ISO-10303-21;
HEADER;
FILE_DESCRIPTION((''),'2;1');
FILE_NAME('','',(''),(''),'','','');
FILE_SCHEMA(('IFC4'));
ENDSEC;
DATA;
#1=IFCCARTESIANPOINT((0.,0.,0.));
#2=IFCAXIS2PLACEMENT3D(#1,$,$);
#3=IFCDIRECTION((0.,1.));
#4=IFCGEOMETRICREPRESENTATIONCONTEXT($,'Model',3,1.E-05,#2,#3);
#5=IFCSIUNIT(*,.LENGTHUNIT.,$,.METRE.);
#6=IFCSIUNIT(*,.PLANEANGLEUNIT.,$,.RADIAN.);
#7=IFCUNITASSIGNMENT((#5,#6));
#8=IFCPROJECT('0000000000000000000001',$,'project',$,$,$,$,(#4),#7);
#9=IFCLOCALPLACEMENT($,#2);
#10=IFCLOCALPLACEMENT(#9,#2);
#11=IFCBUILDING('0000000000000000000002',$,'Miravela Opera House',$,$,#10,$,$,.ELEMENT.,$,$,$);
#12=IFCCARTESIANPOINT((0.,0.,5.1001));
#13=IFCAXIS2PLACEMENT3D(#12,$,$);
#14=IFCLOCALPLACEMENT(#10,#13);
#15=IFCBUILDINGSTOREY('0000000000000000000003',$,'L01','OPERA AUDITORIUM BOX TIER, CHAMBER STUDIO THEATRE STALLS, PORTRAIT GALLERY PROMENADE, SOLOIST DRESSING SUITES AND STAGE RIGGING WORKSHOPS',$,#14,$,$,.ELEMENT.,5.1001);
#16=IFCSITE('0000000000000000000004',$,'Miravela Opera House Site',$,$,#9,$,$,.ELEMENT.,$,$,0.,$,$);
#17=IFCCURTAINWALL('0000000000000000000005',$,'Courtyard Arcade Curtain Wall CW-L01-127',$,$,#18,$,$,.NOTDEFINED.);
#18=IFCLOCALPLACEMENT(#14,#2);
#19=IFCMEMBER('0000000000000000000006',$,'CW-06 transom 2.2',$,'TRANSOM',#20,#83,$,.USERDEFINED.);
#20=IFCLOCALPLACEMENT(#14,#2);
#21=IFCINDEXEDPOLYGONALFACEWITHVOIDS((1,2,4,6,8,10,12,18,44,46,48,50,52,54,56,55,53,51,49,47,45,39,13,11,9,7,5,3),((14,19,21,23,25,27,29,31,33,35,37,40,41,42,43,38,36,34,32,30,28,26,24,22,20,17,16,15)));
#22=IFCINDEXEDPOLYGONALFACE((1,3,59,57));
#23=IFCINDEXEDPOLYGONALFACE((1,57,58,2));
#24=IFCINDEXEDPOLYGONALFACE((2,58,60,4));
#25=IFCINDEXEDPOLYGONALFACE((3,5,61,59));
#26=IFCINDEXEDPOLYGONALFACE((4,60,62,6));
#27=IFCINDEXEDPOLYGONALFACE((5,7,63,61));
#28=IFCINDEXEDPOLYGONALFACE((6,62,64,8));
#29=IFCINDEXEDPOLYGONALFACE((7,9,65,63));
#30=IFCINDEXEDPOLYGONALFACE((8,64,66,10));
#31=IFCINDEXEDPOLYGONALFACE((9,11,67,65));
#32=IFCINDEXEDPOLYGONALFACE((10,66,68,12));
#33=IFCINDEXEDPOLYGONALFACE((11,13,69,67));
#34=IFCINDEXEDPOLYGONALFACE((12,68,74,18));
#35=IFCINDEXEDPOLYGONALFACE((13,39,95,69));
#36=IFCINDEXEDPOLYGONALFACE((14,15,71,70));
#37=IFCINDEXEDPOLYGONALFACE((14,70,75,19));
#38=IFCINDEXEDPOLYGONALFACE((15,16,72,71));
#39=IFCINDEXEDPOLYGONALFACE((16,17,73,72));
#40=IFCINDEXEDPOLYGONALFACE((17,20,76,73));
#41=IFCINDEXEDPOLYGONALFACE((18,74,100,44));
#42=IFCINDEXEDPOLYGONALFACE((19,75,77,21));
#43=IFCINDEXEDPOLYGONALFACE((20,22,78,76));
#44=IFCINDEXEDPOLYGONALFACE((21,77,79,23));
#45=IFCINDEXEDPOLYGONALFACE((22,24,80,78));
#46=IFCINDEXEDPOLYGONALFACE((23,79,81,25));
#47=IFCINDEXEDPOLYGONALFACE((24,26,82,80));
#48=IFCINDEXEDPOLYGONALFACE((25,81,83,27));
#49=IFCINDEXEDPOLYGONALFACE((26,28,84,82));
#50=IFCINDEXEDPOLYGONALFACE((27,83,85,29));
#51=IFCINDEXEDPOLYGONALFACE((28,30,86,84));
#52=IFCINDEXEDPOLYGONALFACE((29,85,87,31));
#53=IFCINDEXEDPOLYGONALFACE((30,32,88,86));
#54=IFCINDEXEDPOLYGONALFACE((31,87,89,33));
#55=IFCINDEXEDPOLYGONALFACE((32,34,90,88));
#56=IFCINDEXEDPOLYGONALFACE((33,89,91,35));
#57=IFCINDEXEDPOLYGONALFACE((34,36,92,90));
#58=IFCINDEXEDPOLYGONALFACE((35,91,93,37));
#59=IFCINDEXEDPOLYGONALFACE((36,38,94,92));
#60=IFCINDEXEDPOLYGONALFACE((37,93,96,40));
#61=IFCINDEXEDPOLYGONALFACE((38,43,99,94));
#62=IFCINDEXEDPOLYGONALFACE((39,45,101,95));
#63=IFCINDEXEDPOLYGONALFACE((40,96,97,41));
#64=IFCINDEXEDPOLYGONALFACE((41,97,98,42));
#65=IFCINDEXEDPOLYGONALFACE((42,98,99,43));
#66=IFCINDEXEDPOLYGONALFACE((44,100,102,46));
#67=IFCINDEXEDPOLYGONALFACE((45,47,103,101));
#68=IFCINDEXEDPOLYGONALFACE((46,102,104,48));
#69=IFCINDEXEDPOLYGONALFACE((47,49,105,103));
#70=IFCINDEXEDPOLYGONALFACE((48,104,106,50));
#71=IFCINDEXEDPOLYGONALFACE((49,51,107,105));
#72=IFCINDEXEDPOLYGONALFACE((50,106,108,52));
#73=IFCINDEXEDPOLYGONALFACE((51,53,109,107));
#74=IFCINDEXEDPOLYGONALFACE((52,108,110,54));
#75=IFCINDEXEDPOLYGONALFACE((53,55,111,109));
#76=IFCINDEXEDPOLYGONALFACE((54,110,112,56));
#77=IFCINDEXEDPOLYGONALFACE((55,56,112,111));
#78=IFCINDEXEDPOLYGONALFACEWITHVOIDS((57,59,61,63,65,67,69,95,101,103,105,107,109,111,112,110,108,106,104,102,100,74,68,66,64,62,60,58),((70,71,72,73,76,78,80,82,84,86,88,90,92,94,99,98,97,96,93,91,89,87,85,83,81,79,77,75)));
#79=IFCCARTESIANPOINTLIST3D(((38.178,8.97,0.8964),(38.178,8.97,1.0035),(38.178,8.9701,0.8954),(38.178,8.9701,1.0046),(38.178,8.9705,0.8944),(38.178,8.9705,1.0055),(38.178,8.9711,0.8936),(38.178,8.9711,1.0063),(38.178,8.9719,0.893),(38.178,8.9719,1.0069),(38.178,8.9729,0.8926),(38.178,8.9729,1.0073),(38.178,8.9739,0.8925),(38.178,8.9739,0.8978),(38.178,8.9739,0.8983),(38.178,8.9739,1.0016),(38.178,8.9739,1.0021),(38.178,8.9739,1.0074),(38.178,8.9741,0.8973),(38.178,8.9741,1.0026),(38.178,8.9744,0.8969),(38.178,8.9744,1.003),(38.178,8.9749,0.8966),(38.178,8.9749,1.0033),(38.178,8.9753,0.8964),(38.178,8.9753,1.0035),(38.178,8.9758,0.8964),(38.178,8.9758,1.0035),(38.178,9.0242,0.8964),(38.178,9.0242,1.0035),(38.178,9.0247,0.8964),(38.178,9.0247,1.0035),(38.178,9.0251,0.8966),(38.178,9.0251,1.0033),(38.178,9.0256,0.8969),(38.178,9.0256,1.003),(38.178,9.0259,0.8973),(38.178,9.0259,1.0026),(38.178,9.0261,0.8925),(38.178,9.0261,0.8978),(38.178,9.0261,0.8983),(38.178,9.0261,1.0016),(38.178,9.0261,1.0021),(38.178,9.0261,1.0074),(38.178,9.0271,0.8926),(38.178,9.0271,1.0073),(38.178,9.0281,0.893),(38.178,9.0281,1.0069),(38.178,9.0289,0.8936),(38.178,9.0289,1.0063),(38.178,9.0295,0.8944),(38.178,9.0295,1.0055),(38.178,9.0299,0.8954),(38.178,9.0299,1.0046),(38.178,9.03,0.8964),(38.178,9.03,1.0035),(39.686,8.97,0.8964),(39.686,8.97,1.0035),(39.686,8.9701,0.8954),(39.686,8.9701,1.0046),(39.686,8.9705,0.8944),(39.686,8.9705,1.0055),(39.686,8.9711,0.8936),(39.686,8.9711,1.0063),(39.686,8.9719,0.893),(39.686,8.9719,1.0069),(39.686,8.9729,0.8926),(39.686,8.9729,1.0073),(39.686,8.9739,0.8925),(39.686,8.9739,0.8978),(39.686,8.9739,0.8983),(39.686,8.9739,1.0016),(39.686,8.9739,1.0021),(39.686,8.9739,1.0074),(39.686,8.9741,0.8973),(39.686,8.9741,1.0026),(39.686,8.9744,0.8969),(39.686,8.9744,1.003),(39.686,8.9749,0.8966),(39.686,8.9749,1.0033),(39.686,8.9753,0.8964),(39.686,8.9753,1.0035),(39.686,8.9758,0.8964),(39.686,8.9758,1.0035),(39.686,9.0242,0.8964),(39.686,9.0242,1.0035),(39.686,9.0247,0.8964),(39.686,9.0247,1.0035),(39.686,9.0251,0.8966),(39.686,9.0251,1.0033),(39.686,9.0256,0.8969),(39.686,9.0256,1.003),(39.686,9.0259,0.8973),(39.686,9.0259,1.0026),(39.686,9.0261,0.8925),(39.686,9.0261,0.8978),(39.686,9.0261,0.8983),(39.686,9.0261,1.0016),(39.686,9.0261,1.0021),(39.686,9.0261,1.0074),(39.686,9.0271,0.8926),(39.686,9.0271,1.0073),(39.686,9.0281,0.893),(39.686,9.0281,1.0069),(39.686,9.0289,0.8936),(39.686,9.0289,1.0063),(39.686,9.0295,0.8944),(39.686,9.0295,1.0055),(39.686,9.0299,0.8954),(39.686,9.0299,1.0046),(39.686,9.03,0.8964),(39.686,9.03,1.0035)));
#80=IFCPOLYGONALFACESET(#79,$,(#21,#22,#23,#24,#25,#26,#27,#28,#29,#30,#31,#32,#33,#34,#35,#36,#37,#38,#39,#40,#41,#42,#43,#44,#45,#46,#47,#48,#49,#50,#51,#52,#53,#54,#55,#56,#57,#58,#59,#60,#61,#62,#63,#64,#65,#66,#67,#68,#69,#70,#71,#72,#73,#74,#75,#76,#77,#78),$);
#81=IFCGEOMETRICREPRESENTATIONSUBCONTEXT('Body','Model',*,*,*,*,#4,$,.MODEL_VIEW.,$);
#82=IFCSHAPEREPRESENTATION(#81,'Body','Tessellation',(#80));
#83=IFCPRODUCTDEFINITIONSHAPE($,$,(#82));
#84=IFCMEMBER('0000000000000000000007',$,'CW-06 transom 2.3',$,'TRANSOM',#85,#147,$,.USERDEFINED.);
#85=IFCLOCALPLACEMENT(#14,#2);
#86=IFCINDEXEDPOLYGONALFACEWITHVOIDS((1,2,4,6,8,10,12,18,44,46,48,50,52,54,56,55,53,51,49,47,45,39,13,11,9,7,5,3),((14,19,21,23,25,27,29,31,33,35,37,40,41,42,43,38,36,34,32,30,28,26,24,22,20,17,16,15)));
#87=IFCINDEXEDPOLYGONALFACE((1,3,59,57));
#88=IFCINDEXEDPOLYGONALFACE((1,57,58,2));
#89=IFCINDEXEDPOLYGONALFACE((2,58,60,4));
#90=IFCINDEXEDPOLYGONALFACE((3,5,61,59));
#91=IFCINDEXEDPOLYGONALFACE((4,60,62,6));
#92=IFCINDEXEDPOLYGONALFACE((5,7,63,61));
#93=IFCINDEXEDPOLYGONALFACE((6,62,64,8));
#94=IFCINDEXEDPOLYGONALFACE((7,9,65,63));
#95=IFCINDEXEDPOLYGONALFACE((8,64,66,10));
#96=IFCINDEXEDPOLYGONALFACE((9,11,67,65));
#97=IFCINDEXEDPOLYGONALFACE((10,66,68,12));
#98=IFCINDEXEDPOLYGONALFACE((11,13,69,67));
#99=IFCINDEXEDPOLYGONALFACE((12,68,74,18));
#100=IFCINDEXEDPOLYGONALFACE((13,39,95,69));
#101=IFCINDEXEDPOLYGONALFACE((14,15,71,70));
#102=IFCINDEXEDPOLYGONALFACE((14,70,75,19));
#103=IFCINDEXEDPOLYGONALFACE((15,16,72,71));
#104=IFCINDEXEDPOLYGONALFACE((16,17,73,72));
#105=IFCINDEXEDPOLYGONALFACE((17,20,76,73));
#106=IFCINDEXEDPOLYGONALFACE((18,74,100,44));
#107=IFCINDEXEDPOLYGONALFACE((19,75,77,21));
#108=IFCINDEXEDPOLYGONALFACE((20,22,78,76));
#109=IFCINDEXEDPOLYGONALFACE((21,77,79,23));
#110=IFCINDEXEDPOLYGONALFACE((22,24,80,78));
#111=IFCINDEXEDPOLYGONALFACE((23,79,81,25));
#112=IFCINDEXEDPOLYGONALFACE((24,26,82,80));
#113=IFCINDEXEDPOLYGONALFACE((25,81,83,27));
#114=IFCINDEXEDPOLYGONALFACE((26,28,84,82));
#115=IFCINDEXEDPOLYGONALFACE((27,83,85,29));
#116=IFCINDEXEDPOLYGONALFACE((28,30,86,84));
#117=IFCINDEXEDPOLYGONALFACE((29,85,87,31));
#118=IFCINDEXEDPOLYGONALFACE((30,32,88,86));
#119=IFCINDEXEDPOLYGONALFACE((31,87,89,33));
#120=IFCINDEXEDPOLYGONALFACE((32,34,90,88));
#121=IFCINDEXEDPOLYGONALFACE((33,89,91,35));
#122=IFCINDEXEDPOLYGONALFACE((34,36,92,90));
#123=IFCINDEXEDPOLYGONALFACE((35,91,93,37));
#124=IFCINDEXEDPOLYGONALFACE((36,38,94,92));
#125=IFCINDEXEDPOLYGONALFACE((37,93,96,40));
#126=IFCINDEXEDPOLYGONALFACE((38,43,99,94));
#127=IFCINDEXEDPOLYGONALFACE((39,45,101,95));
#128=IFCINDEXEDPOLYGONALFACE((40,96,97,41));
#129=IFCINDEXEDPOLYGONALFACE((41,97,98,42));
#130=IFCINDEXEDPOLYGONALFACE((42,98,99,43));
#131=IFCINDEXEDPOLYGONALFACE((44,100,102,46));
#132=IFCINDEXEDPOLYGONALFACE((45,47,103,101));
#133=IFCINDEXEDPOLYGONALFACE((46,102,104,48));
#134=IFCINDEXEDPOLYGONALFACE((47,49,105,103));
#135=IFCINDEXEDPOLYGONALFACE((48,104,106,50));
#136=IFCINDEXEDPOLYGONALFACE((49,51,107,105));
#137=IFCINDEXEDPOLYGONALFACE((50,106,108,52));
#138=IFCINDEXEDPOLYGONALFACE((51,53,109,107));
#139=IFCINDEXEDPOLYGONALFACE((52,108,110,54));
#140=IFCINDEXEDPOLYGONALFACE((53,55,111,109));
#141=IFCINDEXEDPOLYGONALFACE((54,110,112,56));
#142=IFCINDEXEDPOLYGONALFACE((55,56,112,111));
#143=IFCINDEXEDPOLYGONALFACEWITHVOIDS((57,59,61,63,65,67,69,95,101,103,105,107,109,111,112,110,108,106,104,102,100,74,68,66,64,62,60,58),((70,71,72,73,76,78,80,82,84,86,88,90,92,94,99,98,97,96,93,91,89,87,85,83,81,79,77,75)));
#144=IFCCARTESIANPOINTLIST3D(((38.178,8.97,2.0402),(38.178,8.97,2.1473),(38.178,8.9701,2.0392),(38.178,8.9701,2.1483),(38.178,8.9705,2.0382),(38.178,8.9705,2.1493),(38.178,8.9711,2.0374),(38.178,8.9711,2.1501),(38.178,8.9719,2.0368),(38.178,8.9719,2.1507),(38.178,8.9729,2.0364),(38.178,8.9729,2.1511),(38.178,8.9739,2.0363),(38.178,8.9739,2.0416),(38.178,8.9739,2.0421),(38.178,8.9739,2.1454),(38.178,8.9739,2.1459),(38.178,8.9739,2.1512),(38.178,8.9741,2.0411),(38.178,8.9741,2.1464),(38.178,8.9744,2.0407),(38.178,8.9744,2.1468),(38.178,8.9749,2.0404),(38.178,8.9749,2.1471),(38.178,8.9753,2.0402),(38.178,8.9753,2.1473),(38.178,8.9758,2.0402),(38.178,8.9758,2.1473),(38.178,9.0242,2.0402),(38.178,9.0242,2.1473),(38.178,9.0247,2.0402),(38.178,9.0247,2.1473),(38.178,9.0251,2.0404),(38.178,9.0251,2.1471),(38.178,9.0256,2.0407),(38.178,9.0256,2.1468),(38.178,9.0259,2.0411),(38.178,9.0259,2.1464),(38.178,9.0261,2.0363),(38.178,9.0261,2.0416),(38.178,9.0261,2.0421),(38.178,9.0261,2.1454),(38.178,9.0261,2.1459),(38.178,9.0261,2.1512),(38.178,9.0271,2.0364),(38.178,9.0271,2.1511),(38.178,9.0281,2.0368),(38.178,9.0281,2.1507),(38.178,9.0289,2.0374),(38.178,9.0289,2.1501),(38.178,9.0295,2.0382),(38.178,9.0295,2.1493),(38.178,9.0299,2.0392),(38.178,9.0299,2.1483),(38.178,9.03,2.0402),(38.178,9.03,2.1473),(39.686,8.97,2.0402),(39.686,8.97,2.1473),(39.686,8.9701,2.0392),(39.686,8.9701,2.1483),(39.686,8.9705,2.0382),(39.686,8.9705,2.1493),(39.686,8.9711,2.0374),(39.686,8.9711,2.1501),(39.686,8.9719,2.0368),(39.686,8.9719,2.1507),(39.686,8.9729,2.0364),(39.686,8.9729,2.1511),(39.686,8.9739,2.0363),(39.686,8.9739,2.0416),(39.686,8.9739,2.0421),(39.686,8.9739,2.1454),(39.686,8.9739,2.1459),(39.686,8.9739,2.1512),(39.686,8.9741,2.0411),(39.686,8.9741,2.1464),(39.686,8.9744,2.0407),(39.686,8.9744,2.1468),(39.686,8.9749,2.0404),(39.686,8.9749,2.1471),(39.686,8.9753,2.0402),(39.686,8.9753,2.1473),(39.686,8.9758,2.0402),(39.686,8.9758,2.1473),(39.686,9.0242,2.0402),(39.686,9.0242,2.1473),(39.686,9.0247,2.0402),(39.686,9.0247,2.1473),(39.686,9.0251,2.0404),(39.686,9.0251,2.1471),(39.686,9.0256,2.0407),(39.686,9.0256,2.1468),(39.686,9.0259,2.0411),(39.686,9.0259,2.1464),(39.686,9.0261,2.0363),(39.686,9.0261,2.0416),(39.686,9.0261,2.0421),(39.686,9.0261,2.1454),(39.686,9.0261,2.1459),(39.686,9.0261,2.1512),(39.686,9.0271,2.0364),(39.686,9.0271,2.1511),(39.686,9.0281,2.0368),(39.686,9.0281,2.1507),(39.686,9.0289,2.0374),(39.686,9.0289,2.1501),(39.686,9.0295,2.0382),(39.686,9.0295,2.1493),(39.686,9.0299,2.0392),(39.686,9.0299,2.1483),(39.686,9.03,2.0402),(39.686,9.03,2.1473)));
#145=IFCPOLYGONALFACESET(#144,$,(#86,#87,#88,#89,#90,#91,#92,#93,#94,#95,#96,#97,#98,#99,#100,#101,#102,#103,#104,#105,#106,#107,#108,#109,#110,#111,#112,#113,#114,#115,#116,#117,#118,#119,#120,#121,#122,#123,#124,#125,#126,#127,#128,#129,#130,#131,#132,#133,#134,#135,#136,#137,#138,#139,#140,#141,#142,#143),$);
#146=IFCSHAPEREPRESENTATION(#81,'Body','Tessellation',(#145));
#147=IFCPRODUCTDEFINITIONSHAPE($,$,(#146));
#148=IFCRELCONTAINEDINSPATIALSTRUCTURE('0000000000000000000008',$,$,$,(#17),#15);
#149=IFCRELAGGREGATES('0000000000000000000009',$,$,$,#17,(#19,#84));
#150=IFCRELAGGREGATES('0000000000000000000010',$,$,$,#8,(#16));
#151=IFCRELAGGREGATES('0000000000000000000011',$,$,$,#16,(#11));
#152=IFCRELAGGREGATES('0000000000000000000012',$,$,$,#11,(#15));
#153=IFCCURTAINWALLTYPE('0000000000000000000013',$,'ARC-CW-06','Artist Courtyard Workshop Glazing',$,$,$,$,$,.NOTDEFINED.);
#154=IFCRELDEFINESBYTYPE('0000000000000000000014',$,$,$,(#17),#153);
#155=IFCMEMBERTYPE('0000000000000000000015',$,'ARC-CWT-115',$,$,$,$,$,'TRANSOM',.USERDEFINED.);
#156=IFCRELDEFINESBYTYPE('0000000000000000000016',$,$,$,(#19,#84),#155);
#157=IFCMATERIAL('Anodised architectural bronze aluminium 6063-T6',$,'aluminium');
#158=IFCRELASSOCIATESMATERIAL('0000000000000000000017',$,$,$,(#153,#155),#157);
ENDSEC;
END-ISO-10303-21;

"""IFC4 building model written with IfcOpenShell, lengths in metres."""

from ifc_helpers import new_model, si_unit, direction, frame, origin, origin_2d, place, context, subcontext, project, spatial, hollow_rectangle, extrude, material, material_profile, profile_set, type_object, element, aggregate, save


model = new_model("IFC4")

# Units and contexts
model_context = context("Model", 3, precision=1e-05, world=origin(), true_north=direction((0.0, 1.0)))
body_context = subcontext(model_context, "Body", "Model", "MODEL_VIEW")
ifc_project = project(units=[si_unit("LENGTHUNIT", "METRE"), si_unit("PLANEANGLEUNIT", "RADIAN")], contexts=[model_context])

# Site, building, storey
site_placement = place(None, origin())
site = spatial("IfcSite", under=ifc_project, at=site_placement, Name="Miravela Opera House Site", CompositionType="ELEMENT", RefElevation=0.0)
building_placement = place(site_placement, origin())
building = spatial("IfcBuilding", under=site, at=building_placement, Name="Miravela Opera House", CompositionType="ELEMENT")
storey_placement = place(building_placement, frame((0.0, 0.0, 5.1001)))
storey = spatial("IfcBuildingStorey", under=building, at=storey_placement, Name="L01", Description="OPERA AUDITORIUM BOX TIER, CHAMBER STUDIO THEATRE STALLS, PORTRAIT GALLERY PROMENADE, SOLOIST DRESSING SUITES AND STAGE RIGGING WORKSHOPS", CompositionType="ELEMENT", Elevation=5.1001)

# Shared definitions
ifc_material_1 = material(Name="Anodised architectural bronze aluminium 6063-T6", Category="aluminium")
curtain_wall_type = type_object("IfcCurtainWallType", Name="ARC-CW-06", Description="Artist Courtyard Workshop Glazing", PredefinedType="NOTDEFINED", material=ifc_material_1)

# Curtain wall
curtain_wall_1_placement = place(storey_placement, origin())
curtain_wall_1 = element("IfcCurtainWall", 1, at=curtain_wall_1_placement, inside=storey, type_object=curtain_wall_type, Name="Courtyard Arcade Curtain Wall CW-L01-127", PredefinedType="NOTDEFINED")

# Members
ifc_material_profile_1 = material_profile(ifc_material_1, hollow_rectangle(XDim=0.0601, YDim=0.115, WallThickness=0.0039, InnerFilletRadius=0.002, OuterFilletRadius=0.0039, at=origin_2d()), Name="CWT-60X115")
ifc_profile_set_1 = profile_set([ifc_material_profile_1])
member_type_1 = type_object("IfcMemberType", Name="ARC-CWT-115", ElementType="TRANSOM", PredefinedType="USERDEFINED", material=ifc_profile_set_1)
member_1_placement = place(storey_placement, frame((38.178, 9.0, 0.95), z_axis=(1.0, 0.0, 0.0), x_axis=(0.0, 1.0, 0.0)))
member_1 = element("IfcMember", 2, at=member_1_placement, type_object=member_type_1, Name="CW-06 transom 2.2", ObjectType="TRANSOM", PredefinedType="USERDEFINED", context=body_context, shape_type="SweptSolid", body=[
    extrude(hollow_rectangle(XDim=0.0601, YDim=0.115, WallThickness=0.0039, InnerFilletRadius=0.002, OuterFilletRadius=0.0039, at=origin_2d()), origin(), (0.0, 0.0, 1.0), 1.5081),
])
member_2_placement = place(storey_placement, frame((38.178, 9.0, 2.0938), z_axis=(1.0, 0.0, 0.0), x_axis=(0.0, 1.0, 0.0)))
member_2 = element("IfcMember", 3, at=member_2_placement, type_object=member_type_1, Name="CW-06 transom 2.3", ObjectType="TRANSOM", PredefinedType="USERDEFINED", context=body_context, shape_type="SweptSolid", body=[
    extrude(hollow_rectangle(XDim=0.0601, YDim=0.115, WallThickness=0.0039, InnerFilletRadius=0.002, OuterFilletRadius=0.0039, at=origin_2d()), origin(), (0.0, 0.0, 1.0), 1.5081),
])

aggregate(curtain_wall_1, [member_1, member_2])

save(model, "model.ifc")
